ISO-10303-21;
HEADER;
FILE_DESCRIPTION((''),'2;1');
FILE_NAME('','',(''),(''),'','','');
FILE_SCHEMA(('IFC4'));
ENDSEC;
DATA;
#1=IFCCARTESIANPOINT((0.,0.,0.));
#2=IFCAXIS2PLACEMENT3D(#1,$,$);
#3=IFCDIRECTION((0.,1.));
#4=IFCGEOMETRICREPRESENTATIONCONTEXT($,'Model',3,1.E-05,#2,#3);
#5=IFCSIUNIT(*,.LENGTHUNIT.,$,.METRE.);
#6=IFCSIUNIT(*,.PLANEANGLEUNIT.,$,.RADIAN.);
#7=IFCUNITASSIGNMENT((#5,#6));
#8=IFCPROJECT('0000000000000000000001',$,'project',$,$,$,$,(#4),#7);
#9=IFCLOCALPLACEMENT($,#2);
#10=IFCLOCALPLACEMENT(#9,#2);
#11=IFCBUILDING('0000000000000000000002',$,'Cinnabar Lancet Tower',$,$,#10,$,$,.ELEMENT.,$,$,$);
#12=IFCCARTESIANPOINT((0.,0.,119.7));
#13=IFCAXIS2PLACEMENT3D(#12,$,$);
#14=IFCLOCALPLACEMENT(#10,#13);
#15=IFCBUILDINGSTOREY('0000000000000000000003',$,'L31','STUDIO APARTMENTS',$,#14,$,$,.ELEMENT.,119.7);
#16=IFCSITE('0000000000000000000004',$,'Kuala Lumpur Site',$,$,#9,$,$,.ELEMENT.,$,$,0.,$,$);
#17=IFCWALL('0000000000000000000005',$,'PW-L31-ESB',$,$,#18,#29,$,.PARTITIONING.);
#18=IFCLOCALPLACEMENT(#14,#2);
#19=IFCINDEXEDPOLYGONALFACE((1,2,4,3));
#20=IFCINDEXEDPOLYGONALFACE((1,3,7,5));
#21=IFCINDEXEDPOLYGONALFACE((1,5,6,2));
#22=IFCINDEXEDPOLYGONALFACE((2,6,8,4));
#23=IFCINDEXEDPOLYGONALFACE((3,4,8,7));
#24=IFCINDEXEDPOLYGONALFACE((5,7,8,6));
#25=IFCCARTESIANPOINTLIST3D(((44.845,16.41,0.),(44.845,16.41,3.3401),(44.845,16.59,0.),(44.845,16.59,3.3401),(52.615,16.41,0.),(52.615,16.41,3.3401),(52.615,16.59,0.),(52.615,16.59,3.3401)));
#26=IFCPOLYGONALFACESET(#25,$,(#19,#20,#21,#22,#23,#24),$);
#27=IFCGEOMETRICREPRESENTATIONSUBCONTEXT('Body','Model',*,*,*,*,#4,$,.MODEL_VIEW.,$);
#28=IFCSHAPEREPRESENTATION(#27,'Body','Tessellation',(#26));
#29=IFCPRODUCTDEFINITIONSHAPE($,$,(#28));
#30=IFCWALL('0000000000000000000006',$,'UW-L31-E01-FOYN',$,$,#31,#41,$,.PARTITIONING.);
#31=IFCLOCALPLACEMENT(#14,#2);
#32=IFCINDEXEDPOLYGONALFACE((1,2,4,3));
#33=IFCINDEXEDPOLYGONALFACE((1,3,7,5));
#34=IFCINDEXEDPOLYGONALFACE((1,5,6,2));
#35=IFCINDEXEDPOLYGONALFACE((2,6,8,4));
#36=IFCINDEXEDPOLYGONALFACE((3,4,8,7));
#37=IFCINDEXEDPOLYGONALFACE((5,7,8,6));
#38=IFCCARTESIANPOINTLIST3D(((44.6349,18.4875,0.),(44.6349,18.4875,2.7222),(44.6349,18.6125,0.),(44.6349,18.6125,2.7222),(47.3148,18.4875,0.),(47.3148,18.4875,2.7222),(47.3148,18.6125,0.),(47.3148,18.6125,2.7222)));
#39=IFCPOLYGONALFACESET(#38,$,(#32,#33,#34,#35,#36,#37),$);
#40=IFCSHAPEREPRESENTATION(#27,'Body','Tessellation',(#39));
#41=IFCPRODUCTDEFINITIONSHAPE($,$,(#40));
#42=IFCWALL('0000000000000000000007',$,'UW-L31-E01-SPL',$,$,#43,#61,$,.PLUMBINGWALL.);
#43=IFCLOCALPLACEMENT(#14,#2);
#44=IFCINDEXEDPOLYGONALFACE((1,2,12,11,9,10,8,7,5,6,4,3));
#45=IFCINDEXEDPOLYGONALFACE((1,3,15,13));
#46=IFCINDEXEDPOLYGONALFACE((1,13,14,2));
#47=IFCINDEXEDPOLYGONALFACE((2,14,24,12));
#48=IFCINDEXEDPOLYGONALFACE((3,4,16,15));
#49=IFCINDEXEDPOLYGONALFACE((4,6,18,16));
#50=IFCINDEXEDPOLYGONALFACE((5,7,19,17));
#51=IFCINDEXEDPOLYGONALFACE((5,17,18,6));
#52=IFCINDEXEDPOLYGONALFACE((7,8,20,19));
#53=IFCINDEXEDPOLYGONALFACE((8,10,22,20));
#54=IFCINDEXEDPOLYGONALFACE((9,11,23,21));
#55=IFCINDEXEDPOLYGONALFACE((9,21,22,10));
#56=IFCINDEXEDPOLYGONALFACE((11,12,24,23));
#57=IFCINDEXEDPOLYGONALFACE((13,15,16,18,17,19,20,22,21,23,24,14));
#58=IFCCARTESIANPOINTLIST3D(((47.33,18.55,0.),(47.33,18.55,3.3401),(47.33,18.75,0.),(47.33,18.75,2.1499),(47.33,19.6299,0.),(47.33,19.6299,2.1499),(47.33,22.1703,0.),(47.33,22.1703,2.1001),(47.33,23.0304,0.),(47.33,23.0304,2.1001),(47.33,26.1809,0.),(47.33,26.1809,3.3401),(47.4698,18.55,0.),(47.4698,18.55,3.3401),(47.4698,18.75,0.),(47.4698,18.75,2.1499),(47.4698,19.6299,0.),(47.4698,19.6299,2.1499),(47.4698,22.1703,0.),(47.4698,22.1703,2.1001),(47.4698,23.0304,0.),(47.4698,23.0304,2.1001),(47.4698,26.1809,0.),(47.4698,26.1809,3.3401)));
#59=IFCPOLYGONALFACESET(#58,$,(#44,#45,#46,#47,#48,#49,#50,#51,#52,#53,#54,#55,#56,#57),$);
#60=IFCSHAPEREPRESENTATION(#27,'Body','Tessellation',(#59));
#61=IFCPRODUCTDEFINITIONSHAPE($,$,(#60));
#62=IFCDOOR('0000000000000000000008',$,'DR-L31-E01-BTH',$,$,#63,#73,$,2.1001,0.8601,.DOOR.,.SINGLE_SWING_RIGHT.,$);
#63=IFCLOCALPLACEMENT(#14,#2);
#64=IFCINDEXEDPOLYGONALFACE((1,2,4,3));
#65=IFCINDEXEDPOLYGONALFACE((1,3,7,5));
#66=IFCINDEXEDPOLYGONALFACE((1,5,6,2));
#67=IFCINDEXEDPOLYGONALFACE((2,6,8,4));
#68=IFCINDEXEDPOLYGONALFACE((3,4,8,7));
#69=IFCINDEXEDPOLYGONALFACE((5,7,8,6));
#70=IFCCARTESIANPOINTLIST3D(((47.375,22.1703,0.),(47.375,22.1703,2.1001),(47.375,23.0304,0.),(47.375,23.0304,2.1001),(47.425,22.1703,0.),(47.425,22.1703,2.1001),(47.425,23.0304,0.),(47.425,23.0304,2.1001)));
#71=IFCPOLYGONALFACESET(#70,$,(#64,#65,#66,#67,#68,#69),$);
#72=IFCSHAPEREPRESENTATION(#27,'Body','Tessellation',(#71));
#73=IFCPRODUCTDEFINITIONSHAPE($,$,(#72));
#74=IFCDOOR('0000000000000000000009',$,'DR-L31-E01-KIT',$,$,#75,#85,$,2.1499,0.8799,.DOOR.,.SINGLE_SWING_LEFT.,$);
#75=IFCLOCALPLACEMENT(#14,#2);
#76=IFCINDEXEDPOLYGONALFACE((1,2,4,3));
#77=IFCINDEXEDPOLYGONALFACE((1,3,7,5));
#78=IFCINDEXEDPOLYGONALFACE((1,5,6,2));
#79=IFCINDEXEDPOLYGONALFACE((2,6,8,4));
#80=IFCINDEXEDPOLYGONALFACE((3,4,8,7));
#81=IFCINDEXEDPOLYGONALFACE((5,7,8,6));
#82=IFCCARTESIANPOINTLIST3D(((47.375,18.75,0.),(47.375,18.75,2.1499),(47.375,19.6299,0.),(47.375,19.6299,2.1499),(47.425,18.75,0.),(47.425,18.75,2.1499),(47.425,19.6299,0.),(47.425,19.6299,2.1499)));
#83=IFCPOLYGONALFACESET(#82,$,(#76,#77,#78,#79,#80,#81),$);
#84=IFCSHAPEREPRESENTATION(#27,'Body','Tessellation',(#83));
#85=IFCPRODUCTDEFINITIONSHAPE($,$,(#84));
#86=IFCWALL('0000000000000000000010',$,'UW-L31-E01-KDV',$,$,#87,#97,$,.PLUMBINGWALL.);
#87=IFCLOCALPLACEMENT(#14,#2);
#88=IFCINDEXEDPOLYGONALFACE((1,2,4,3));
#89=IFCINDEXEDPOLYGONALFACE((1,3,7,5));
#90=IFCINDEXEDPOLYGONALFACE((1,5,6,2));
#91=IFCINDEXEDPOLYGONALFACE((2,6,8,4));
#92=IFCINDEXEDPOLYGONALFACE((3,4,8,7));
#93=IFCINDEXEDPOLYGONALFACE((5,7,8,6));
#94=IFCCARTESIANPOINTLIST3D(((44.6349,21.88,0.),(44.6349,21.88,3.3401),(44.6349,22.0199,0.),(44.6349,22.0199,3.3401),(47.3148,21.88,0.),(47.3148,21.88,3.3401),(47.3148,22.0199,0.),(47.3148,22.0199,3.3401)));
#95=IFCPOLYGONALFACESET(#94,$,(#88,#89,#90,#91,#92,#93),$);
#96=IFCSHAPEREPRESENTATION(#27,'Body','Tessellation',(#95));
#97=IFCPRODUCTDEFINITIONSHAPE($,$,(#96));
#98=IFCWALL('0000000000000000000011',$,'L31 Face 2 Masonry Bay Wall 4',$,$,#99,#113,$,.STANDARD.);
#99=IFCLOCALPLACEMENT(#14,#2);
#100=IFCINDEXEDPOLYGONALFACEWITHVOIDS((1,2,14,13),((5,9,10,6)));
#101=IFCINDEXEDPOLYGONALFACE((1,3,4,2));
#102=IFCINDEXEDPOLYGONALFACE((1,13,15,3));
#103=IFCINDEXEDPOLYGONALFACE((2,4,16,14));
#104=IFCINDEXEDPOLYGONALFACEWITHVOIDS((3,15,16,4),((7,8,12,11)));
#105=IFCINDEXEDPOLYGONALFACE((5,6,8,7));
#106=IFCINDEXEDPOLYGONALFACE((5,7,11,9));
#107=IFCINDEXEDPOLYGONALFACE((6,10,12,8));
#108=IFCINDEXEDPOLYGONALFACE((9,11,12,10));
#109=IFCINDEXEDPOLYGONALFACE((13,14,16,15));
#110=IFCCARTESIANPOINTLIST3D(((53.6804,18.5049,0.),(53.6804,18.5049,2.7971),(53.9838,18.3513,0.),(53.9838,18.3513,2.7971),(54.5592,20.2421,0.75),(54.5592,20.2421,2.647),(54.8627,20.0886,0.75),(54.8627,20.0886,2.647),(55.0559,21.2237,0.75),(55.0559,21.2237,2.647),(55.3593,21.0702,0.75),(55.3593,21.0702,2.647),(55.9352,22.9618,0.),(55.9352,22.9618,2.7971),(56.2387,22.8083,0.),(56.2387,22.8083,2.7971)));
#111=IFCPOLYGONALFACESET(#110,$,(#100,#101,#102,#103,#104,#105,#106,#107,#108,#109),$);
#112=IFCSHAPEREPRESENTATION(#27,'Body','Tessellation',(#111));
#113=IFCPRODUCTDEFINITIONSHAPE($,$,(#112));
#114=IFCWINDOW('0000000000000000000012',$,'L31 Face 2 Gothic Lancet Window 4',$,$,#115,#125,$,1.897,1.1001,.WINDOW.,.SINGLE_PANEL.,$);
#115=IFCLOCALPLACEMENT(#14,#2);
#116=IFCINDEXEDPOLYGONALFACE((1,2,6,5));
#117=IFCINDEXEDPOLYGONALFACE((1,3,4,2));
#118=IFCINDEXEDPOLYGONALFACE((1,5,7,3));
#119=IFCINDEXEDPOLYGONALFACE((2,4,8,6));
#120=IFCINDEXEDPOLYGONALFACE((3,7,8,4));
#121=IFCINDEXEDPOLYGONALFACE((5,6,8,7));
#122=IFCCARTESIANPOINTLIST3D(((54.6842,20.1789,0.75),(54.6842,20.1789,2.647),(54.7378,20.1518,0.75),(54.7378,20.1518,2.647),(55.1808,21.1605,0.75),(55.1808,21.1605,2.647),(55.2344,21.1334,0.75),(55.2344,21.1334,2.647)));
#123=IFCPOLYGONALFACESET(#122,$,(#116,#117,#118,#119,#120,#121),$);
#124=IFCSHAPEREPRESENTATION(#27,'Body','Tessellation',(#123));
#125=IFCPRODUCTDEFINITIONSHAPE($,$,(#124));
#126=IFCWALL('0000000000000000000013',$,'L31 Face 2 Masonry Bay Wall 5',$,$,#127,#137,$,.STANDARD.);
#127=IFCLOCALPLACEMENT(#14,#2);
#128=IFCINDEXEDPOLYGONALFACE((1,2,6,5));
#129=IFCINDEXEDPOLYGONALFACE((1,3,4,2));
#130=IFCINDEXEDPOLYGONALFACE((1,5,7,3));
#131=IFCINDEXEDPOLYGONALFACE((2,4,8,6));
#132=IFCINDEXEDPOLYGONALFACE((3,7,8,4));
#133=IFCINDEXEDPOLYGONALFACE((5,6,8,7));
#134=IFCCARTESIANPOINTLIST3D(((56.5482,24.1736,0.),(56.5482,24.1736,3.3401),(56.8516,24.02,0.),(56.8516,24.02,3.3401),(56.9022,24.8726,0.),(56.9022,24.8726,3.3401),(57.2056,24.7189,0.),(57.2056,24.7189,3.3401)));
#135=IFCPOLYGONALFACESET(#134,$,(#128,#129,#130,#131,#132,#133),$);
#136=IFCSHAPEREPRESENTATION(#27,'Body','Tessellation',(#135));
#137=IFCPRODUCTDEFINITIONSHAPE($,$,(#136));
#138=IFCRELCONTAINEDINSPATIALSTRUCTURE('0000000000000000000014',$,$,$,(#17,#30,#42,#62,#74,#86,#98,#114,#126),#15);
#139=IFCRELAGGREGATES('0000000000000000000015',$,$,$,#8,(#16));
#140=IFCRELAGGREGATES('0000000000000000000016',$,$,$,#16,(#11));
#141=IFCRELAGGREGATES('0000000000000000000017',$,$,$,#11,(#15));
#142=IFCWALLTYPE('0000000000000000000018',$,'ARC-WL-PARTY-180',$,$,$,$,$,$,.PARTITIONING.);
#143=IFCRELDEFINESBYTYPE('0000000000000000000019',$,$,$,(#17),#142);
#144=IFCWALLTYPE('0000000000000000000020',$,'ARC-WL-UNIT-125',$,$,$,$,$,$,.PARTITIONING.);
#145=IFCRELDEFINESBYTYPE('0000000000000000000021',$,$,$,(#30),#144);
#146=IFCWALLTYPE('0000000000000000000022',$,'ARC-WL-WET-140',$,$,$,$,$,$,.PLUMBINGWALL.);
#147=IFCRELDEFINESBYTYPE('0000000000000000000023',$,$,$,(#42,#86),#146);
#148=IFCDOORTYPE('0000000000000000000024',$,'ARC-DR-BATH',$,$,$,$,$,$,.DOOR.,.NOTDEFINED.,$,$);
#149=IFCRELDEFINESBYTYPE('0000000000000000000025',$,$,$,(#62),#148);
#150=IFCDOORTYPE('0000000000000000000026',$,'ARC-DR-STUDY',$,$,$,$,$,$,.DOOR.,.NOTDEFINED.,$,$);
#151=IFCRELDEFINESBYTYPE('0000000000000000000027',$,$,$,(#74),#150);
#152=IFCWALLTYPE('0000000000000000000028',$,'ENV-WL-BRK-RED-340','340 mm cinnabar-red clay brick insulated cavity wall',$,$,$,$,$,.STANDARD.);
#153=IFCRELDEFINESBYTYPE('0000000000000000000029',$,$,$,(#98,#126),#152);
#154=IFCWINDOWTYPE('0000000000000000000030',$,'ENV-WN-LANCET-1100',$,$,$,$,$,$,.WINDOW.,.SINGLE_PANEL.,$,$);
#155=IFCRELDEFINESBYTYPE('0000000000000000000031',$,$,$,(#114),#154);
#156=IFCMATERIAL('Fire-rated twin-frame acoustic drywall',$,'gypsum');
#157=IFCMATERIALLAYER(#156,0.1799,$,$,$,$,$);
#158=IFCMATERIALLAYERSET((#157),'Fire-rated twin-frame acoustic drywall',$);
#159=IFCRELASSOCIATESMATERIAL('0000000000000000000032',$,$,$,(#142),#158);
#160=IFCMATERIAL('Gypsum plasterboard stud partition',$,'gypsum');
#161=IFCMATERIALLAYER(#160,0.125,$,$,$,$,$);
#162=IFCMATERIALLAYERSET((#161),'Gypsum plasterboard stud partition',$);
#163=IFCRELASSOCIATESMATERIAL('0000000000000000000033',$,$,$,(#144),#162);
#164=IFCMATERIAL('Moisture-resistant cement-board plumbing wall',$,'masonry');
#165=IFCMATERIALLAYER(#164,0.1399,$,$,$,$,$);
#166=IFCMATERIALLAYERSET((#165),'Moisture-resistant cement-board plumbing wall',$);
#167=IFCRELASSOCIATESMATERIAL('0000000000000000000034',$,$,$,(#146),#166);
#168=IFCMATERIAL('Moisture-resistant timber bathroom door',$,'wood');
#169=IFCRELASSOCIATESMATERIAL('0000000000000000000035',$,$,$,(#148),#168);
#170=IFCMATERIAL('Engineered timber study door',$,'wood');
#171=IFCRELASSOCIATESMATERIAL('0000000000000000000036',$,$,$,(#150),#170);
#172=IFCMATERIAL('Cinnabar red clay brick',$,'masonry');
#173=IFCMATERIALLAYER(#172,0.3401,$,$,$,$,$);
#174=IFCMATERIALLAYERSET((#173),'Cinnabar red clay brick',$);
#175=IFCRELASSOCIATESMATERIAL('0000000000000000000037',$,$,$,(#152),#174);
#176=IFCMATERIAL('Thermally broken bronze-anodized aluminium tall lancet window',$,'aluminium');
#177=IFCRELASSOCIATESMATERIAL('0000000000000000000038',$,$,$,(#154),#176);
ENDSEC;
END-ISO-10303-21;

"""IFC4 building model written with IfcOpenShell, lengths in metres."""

from ifc_helpers import new_model, si_unit, direction, frame, frame_2d, origin, place, context, subcontext, project, spatial, rectangle, extrude, material, layer, layer_set, type_object, element, fill, save


model = new_model("IFC4")

# Units and contexts
model_context = context("Model", 3, precision=1e-05, world=origin(), true_north=direction((0.0, 1.0)))
body_context = subcontext(model_context, "Body", "Model", "MODEL_VIEW")
ifc_project = project(units=[si_unit("LENGTHUNIT", "METRE"), si_unit("PLANEANGLEUNIT", "RADIAN")], contexts=[model_context])

# Site, building, storey
site_placement = place(None, origin())
site = spatial("IfcSite", under=ifc_project, at=site_placement, Name="Kuala Lumpur Site", CompositionType="ELEMENT", RefElevation=0.0)
building_placement = place(site_placement, origin())
building = spatial("IfcBuilding", under=site, at=building_placement, Name="Cinnabar Lancet Tower", CompositionType="ELEMENT")
storey_placement = place(building_placement, frame((0.0, 0.0, 119.7)))
storey = spatial("IfcBuildingStorey", under=building, at=storey_placement, Name="L31", Description="STUDIO APARTMENTS", CompositionType="ELEMENT", Elevation=119.7)

# Walls
ifc_material_1 = material(Name="Fire-rated twin-frame acoustic drywall", Category="gypsum")
ifc_layer_1 = layer(ifc_material_1, 0.1799)
ifc_layer_set_1 = layer_set([ifc_layer_1], Name="Fire-rated twin-frame acoustic drywall")
wall_type_1 = type_object("IfcWallType", Name="ARC-WL-PARTY-180", PredefinedType="PARTITIONING", material=ifc_layer_set_1)
wall_1_placement = place(storey_placement, frame((44.845, 16.5, 0.0), z_axis=(0.0, 0.0, 1.0), x_axis=(1.0, 0.0, 0.0)))
element("IfcWall", 1, at=wall_1_placement, inside=storey, type_object=wall_type_1, Name="PW-L31-ESB", PredefinedType="PARTITIONING", context=body_context, shape_type="SweptSolid", body=[
    extrude(rectangle(XDim=7.77, YDim=0.1799, at=frame_2d((3.885, 0.0))), origin(), (0.0, 0.0, 1.0), 3.3401),
])
ifc_material_2 = material(Name="Gypsum plasterboard stud partition", Category="gypsum")
ifc_layer_2 = layer(ifc_material_2, 0.125)
ifc_layer_set_2 = layer_set([ifc_layer_2], Name="Gypsum plasterboard stud partition")
wall_type_2 = type_object("IfcWallType", Name="ARC-WL-UNIT-125", PredefinedType="PARTITIONING", material=ifc_layer_set_2)
wall_2_placement = place(storey_placement, frame((44.635, 18.55, 0.0), z_axis=(0.0, 0.0, 1.0), x_axis=(1.0, 0.0, 0.0)))
element("IfcWall", 2, at=wall_2_placement, inside=storey, type_object=wall_type_2, Name="UW-L31-E01-FOYN", PredefinedType="PARTITIONING", context=body_context, shape_type="SweptSolid", body=[
    extrude(rectangle(XDim=2.6799, YDim=0.125, at=frame_2d((1.3398, 0.0))), origin(), (0.0, 0.0, 1.0), 2.7222),
])

# Wall, openings, doors
ifc_material_3 = material(Name="Moisture-resistant cement-board plumbing wall", Category="masonry")
ifc_layer_3 = layer(ifc_material_3, 0.1399)
ifc_layer_set_3 = layer_set([ifc_layer_3], Name="Moisture-resistant cement-board plumbing wall")
wall_type_3 = type_object("IfcWallType", Name="ARC-WL-WET-140", PredefinedType="PLUMBINGWALL", material=ifc_layer_set_3)
wall_3_placement = place(storey_placement, frame((47.3999, 18.55, 0.0), z_axis=(0.0, 0.0, 1.0), x_axis=(0.0, 1.0, 0.0)))
wall_3 = element("IfcWall", 3, at=wall_3_placement, inside=storey, type_object=wall_type_3, Name="UW-L31-E01-SPL", PredefinedType="PLUMBINGWALL", context=body_context, shape_type="SweptSolid", body=[
    extrude(rectangle(XDim=7.6309, YDim=0.1399, at=frame_2d((3.8154, 0.0))), origin(), (0.0, 0.0, 1.0), 3.3401),
])
opening_1_placement = place(wall_3_placement, frame((3.6201, 0.0, 0.0)))
opening_1 = element("IfcOpeningElement", 4, at=opening_1_placement, cuts=wall_3, PredefinedType="OPENING", context=body_context, shape_type="SweptSolid", body=[
    extrude(rectangle(XDim=0.8601, YDim=2.1001, at=frame_2d((0.4302, 1.05))), frame((0.0, 0.0798, 0.0), z_axis=(0.0, -1.0, 0.0), x_axis=(1.0, 0.0, 0.0)), (0.0, 0.0, 1.0), 0.1599),
])
opening_2_placement = place(wall_3_placement, frame((0.2, 0.0, 0.0)))
opening_2 = element("IfcOpeningElement", 5, at=opening_2_placement, cuts=wall_3, PredefinedType="OPENING", context=body_context, shape_type="SweptSolid", body=[
    extrude(rectangle(XDim=0.8799, YDim=2.1499, at=frame_2d((0.4399, 1.075))), frame((0.0, 0.0798, 0.0), z_axis=(0.0, -1.0, 0.0), x_axis=(1.0, 0.0, 0.0)), (0.0, 0.0, 1.0), 0.1599),
])
ifc_material_4 = material(Name="Moisture-resistant timber bathroom door", Category="wood")
door_type_1 = type_object("IfcDoorType", Name="ARC-DR-BATH", OperationType="NOTDEFINED", PredefinedType="DOOR", material=ifc_material_4)
door_1_placement = place(opening_1_placement, origin())
door_1 = element("IfcDoor", 6, at=door_1_placement, inside=storey, type_object=door_type_1, Name="DR-L31-E01-BTH", OperationType="SINGLE_SWING_RIGHT", OverallHeight=2.1001, OverallWidth=0.8601, PredefinedType="DOOR", context=body_context, shape_type="SweptSolid", body=[
    extrude(rectangle(XDim=0.8601, YDim=2.1001, at=frame_2d((0.4302, 1.05))), frame((0.0, 0.0249, 0.0), z_axis=(0.0, -1.0, 0.0), x_axis=(1.0, 0.0, 0.0)), (0.0, 0.0, 1.0), 0.05),
])
fill(opening_1, door_1)
ifc_material_5 = material(Name="Engineered timber study door", Category="wood")
door_type_2 = type_object("IfcDoorType", Name="ARC-DR-STUDY", OperationType="NOTDEFINED", PredefinedType="DOOR", material=ifc_material_5)
door_2_placement = place(opening_2_placement, origin())
door_2 = element("IfcDoor", 7, at=door_2_placement, inside=storey, type_object=door_type_2, Name="DR-L31-E01-KIT", OperationType="SINGLE_SWING_LEFT", OverallHeight=2.1499, OverallWidth=0.8799, PredefinedType="DOOR", context=body_context, shape_type="SweptSolid", body=[
    extrude(rectangle(XDim=0.8799, YDim=2.1499, at=frame_2d((0.4399, 1.075))), frame((0.0, 0.0249, 0.0), z_axis=(0.0, -1.0, 0.0), x_axis=(1.0, 0.0, 0.0)), (0.0, 0.0, 1.0), 0.05),
])
fill(opening_2, door_2)

# Wall
wall_4_placement = place(storey_placement, frame((44.635, 21.95, 0.0), z_axis=(0.0, 0.0, 1.0), x_axis=(1.0, 0.0, 0.0)))
element("IfcWall", 8, at=wall_4_placement, inside=storey, type_object=wall_type_3, Name="UW-L31-E01-KDV", PredefinedType="PLUMBINGWALL", context=body_context, shape_type="SweptSolid", body=[
    extrude(rectangle(XDim=2.6799, YDim=0.1399, at=frame_2d((1.3398, 0.0))), origin(), (0.0, 0.0, 1.0), 3.3401),
])

# Wall, opening, window
ifc_material_6 = material(Name="Cinnabar red clay brick", Category="masonry")
ifc_layer_4 = layer(ifc_material_6, 0.3401)
ifc_layer_set_4 = layer_set([ifc_layer_4], Name="Cinnabar red clay brick")
wall_type_4 = type_object("IfcWallType", Name="ENV-WL-BRK-RED-340", Description="340 mm cinnabar-red clay brick insulated cavity wall", PredefinedType="STANDARD", material=ifc_layer_set_4)
wall_5_placement = place(storey_placement, frame((53.832, 18.428, 0.0), z_axis=(0.0, 0.0, 1.0), x_axis=(0.451432, 0.892306, 0.0)))
wall_5 = element("IfcWall", 9, at=wall_5_placement, inside=storey, type_object=wall_type_4, Name="L31 Face 2 Masonry Bay Wall 4", PredefinedType="STANDARD", context=body_context, shape_type="SweptSolid", body=[
    extrude(rectangle(XDim=4.9949, YDim=0.3401, at=frame_2d((2.4976, 0.0))), origin(), (0.0, 0.0, 1.0), 2.7971),
])
opening_3_placement = place(wall_5_placement, frame((1.947, 0.0, 0.75)))
opening_3 = element("IfcOpeningElement", 10, at=opening_3_placement, cuts=wall_5, PredefinedType="OPENING", context=body_context, shape_type="SweptSolid", body=[
    extrude(rectangle(XDim=1.1001, YDim=1.897, at=frame_2d((0.55, 0.9485))), frame((0.0, 0.1799, 0.0), z_axis=(0.0, -1.0, 0.0), x_axis=(1.0, 0.0, 0.0)), (0.0, 0.0, 1.0), 0.3601),
])
ifc_material_7 = material(Name="Thermally broken bronze-anodized aluminium tall lancet window", Category="aluminium")
window_type = type_object("IfcWindowType", Name="ENV-WN-LANCET-1100", PartitioningType="SINGLE_PANEL", PredefinedType="WINDOW", material=ifc_material_7)
window_placement = place(opening_3_placement, origin())
window = element("IfcWindow", 11, at=window_placement, inside=storey, type_object=window_type, Name="L31 Face 2 Gothic Lancet Window 4", OverallHeight=1.897, OverallWidth=1.1001, PartitioningType="SINGLE_PANEL", PredefinedType="WINDOW", context=body_context, shape_type="SweptSolid", body=[
    extrude(rectangle(XDim=1.1001, YDim=1.897, at=frame_2d((0.55, 0.9485))), frame((0.0, 0.03, 0.0), z_axis=(0.0, -1.0, 0.0), x_axis=(1.0, 0.0, 0.0)), (0.0, 0.0, 1.0), 0.0601),
])
fill(opening_3, window)

# Wall
wall_6_placement = place(storey_placement, frame((56.7, 24.0969, 0.0), z_axis=(0.0, 0.0, 1.0), x_axis=(0.451819, 0.892109, 0.0)))
element("IfcWall", 12, at=wall_6_placement, inside=storey, type_object=wall_type_4, Name="L31 Face 2 Masonry Bay Wall 5", PredefinedType="STANDARD", context=body_context, shape_type="SweptSolid", body=[
    extrude(rectangle(XDim=0.7834, YDim=0.3401, at=frame_2d((0.3916, 0.0))), origin(), (0.0, 0.0, 1.0), 3.3401),
])

save(model, "model.ifc")
